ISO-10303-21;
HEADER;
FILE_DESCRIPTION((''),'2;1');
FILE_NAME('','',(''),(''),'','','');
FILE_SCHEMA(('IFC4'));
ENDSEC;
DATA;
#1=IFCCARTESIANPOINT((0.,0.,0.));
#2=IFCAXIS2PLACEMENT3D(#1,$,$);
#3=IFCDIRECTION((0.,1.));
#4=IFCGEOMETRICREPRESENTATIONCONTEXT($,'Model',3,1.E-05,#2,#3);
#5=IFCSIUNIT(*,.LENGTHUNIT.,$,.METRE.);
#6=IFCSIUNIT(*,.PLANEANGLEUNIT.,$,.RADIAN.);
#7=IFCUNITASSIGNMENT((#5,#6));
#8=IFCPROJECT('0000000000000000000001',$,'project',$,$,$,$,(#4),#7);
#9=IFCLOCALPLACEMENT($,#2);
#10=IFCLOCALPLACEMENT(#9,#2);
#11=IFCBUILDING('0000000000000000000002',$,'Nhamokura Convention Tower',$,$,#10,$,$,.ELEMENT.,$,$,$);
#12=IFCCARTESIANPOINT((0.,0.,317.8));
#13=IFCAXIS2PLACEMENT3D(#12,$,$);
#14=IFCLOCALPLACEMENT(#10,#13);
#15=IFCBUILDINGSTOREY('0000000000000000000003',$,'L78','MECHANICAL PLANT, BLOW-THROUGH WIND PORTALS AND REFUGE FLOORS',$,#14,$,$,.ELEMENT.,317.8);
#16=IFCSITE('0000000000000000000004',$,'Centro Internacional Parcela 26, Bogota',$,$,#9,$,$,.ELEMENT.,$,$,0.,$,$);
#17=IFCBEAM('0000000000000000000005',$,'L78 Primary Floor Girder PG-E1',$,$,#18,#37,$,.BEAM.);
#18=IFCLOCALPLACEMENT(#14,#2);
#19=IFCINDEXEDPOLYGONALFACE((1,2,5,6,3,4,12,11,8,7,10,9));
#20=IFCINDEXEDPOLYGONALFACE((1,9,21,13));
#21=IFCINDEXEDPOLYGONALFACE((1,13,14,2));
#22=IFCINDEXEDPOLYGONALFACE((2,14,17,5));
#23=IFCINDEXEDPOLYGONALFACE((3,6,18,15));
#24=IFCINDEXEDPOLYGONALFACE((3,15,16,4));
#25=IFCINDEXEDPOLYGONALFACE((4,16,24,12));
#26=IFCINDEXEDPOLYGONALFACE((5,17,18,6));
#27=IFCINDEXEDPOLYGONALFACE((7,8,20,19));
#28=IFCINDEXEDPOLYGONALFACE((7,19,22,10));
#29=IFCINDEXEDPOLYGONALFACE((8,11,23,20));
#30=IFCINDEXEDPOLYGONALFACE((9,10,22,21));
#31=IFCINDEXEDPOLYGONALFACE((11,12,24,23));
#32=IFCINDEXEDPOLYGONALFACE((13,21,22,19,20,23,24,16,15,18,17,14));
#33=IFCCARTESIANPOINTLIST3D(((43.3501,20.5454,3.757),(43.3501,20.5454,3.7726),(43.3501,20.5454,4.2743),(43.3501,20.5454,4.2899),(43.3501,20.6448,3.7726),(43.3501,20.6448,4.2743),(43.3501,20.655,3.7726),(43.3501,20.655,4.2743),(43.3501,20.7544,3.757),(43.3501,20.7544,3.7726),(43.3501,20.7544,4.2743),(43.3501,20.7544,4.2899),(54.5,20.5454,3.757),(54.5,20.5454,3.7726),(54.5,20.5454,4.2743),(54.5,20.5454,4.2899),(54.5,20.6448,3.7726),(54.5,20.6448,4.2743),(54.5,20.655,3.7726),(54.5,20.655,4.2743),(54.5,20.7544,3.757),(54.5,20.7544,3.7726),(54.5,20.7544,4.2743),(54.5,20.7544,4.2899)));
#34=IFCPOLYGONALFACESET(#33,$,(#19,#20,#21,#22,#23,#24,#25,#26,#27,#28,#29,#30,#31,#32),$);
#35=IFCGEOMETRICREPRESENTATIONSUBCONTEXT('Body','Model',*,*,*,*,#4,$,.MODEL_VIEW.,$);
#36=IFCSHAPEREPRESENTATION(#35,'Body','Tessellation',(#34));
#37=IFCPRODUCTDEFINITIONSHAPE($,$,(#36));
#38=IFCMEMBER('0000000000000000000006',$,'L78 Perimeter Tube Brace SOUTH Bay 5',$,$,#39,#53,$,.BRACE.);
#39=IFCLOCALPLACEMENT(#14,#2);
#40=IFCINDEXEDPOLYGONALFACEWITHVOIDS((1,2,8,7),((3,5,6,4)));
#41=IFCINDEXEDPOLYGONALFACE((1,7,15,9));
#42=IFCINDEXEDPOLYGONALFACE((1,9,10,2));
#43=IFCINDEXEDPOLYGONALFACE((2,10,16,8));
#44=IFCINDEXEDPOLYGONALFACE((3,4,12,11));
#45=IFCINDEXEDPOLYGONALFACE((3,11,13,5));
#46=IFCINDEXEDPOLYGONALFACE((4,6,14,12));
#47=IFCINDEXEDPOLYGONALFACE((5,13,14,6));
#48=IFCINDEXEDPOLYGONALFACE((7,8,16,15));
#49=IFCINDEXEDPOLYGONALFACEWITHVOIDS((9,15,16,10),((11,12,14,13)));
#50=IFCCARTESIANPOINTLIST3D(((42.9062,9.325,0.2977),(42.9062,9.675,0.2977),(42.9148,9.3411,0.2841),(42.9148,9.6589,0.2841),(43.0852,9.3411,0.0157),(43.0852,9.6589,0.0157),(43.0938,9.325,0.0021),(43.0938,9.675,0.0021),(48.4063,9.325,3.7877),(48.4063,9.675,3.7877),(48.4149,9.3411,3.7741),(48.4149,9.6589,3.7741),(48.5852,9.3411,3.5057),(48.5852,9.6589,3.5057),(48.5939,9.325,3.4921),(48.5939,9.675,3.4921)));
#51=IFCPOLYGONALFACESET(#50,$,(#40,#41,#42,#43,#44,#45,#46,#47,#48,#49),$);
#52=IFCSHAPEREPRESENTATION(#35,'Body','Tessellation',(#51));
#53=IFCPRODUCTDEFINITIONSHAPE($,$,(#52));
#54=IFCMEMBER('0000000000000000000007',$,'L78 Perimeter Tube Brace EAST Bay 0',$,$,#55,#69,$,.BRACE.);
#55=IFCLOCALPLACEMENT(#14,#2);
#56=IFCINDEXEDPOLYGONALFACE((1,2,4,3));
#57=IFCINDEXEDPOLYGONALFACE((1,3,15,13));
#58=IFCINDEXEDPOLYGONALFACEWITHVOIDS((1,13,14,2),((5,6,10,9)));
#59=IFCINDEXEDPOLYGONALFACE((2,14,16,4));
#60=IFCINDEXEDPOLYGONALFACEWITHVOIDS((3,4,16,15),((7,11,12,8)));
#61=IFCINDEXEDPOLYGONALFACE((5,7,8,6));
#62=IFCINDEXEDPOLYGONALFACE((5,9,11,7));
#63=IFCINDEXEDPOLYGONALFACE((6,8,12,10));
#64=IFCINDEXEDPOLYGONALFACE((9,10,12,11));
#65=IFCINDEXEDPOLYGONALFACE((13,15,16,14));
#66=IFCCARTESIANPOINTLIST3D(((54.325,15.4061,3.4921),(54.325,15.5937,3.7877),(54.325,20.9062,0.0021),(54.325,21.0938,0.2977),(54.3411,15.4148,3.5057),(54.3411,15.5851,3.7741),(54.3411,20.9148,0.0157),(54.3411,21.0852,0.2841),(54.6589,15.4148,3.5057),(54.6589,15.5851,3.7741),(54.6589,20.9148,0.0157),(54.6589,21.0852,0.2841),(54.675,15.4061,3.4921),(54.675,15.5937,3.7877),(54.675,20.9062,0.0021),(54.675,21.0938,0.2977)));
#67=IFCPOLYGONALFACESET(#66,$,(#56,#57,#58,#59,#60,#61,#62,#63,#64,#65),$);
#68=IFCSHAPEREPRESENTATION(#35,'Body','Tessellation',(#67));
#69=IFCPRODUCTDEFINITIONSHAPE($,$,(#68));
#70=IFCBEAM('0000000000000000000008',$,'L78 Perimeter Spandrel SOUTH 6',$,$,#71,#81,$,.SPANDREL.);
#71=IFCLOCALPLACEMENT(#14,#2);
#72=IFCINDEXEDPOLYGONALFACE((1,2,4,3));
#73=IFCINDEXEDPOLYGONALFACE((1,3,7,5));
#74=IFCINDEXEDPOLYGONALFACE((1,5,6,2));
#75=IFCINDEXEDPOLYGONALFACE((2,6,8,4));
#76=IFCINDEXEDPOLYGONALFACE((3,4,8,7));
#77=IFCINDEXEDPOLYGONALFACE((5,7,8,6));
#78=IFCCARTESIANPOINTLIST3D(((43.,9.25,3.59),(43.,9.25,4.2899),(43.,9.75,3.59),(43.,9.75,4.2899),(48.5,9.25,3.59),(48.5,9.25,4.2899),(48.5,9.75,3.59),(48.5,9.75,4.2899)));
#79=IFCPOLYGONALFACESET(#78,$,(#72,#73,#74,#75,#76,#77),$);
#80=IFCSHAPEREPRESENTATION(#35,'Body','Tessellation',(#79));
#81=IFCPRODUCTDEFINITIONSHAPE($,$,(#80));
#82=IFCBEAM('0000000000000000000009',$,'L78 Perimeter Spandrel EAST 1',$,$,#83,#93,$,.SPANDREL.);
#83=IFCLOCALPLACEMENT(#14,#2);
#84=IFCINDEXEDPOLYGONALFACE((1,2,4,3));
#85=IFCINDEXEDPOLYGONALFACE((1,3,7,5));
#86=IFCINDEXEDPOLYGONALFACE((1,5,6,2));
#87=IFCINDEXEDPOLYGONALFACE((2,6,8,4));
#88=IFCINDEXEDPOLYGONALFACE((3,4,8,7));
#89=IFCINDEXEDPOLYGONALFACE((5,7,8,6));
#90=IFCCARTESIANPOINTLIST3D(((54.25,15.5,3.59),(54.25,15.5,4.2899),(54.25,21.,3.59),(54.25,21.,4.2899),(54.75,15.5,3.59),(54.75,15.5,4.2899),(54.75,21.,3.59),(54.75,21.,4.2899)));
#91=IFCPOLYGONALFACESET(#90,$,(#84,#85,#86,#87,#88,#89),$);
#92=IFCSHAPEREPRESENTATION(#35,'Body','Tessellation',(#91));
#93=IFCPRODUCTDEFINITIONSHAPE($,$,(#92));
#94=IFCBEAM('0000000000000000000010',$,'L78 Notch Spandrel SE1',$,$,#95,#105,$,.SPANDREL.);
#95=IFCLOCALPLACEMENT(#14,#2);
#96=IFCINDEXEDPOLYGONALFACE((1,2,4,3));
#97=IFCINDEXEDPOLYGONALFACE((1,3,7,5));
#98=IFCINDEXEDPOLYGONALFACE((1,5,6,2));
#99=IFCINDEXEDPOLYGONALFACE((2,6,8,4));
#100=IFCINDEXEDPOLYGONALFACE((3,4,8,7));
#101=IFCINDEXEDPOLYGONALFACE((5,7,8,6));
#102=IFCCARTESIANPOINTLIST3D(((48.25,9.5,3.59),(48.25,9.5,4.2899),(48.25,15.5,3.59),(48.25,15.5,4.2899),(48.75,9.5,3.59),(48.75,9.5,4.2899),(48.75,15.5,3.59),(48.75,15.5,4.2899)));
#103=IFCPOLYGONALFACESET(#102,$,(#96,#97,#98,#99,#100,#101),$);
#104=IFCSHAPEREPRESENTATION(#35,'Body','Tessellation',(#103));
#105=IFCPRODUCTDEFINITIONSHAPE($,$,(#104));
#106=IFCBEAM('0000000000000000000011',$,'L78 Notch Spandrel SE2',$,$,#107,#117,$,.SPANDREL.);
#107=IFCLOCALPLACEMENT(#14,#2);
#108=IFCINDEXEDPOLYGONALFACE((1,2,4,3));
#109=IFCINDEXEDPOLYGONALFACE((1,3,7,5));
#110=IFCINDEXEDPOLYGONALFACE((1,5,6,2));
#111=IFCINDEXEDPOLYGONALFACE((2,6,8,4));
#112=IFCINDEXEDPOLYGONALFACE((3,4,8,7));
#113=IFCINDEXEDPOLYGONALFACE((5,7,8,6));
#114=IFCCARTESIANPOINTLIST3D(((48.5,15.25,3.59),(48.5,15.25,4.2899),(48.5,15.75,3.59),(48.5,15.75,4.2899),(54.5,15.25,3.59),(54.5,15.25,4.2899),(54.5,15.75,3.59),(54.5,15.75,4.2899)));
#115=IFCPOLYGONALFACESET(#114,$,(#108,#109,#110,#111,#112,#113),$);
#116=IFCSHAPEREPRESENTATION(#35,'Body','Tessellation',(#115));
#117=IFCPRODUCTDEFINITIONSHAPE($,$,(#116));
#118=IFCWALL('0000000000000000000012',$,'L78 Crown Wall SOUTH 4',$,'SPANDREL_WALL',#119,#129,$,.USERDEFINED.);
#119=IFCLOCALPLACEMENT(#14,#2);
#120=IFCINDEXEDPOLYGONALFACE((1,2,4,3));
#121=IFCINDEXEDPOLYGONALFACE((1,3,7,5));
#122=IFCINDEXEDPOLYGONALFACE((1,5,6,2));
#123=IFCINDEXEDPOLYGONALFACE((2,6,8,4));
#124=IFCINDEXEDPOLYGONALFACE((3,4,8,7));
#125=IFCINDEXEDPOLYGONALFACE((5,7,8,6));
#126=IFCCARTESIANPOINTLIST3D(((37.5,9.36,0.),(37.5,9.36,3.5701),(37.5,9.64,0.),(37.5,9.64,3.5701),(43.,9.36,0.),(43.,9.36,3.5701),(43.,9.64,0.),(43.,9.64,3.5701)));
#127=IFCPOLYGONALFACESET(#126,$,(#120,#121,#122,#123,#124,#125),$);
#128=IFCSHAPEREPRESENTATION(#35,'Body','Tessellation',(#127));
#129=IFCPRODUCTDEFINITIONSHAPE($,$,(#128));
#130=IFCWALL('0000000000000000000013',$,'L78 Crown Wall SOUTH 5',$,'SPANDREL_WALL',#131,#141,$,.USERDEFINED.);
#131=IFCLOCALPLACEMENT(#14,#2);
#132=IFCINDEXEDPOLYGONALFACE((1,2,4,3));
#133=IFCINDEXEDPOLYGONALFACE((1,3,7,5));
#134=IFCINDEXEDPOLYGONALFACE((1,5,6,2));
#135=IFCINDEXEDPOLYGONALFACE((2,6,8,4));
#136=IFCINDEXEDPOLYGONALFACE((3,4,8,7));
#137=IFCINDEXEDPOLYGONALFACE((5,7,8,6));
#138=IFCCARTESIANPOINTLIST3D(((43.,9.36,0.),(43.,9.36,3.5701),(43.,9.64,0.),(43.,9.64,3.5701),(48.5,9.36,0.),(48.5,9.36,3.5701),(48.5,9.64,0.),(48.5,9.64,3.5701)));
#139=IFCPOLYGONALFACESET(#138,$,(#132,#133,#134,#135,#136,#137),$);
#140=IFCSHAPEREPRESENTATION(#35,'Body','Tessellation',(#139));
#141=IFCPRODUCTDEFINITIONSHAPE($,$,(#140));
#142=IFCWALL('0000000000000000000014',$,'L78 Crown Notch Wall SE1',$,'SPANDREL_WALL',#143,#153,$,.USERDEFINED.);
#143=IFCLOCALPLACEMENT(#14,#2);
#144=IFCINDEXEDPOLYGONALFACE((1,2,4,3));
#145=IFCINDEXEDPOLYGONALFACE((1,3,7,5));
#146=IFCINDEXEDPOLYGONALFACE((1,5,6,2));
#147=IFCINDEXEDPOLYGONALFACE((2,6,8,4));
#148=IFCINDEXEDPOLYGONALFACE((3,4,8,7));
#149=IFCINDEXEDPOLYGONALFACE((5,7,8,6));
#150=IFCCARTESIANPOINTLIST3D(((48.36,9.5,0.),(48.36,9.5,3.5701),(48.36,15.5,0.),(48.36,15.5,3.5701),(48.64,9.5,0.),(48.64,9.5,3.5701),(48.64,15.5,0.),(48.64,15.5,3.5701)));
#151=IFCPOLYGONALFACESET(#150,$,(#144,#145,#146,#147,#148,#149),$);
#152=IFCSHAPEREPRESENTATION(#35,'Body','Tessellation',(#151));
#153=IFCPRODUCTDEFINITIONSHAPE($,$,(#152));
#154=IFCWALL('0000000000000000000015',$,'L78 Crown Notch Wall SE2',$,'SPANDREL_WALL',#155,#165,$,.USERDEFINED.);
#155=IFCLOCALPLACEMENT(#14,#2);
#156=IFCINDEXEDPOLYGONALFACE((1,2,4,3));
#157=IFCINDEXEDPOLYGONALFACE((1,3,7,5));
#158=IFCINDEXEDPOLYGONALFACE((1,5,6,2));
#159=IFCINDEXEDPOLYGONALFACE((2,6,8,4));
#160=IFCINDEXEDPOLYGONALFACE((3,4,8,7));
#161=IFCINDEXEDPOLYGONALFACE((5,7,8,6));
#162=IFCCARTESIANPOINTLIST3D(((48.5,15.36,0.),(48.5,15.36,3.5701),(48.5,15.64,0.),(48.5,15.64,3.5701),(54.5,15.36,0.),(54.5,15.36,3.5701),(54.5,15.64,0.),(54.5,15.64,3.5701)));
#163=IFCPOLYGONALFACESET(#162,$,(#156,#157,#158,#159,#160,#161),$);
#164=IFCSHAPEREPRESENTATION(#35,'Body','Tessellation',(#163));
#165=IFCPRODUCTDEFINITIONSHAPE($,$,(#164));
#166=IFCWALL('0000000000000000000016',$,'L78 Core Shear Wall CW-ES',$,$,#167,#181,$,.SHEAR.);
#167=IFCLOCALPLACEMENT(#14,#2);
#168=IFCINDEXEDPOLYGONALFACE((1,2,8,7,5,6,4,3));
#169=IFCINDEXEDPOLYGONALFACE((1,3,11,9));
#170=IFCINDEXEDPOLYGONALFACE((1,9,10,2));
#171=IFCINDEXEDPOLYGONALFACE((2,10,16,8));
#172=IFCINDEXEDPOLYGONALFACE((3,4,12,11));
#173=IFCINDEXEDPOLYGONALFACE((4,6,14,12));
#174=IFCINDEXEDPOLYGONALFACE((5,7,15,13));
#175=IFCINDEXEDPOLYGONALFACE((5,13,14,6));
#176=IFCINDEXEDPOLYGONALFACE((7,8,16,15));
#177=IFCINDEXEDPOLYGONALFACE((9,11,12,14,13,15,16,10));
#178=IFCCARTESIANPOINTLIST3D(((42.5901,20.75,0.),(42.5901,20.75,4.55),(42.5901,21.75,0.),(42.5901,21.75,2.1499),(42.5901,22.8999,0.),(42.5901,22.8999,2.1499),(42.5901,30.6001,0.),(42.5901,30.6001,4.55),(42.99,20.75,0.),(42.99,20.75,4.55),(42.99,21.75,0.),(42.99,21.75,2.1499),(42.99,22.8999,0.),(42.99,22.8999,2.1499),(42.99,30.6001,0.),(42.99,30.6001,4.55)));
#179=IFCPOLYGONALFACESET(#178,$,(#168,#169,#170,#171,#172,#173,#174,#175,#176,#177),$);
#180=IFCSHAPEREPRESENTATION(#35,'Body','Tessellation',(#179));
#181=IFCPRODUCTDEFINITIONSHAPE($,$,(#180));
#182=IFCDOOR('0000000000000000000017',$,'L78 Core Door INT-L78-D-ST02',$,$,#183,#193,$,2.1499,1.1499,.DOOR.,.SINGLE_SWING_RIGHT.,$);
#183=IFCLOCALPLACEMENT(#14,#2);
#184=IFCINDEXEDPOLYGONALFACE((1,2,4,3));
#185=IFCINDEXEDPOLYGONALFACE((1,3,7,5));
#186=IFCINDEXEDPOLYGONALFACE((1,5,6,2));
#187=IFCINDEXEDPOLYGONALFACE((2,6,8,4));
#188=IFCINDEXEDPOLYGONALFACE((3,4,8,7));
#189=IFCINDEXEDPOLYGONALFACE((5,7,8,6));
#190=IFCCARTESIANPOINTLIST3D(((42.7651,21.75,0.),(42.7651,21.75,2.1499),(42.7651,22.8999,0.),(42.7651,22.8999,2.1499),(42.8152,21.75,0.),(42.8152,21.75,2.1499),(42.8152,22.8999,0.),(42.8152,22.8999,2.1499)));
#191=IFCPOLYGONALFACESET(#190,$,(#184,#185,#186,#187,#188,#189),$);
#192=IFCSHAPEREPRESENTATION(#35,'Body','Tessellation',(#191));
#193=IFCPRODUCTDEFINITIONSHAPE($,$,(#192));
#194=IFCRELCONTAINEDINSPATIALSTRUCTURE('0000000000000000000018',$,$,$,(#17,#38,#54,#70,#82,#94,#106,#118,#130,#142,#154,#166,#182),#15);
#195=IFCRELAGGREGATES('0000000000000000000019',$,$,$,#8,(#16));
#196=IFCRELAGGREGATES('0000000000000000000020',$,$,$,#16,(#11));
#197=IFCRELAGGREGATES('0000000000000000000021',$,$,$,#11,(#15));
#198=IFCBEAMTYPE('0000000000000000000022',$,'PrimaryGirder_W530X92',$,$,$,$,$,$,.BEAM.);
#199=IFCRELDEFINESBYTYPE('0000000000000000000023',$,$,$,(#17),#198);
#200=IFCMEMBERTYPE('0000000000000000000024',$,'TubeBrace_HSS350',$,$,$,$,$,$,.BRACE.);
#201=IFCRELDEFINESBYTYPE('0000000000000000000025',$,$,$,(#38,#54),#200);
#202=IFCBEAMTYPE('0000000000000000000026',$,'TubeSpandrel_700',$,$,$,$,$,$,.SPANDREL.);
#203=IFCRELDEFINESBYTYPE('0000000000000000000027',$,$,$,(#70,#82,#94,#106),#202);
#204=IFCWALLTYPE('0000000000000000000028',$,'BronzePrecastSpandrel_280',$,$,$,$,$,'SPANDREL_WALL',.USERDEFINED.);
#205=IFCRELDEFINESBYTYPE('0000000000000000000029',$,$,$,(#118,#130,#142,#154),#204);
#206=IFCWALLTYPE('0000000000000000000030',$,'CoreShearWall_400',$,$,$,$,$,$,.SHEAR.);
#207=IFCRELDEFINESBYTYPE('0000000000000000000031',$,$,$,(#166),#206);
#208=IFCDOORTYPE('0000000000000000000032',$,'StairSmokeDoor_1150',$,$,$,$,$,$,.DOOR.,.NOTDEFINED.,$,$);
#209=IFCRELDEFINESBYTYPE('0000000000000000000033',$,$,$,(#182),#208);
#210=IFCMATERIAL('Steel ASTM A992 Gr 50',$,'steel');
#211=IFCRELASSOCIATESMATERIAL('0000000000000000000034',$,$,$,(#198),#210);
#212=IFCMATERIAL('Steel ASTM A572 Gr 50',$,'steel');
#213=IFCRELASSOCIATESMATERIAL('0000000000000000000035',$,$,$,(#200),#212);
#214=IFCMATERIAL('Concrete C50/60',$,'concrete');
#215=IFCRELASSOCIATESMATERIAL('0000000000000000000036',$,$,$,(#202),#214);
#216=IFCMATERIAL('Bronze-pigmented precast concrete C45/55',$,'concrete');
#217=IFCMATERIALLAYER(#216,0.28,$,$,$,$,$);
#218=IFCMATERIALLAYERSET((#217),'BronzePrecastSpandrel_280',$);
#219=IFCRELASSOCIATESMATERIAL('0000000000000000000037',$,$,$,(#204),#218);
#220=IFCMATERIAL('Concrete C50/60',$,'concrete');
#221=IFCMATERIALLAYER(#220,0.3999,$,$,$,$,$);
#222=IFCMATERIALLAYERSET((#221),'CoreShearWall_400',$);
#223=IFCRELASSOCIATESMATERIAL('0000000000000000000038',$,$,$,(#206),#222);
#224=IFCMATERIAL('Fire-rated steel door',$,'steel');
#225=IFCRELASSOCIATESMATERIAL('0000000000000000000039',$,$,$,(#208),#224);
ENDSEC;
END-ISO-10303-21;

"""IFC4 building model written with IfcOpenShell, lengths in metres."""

from ifc_helpers import new_model, si_unit, direction, frame, frame_2d, origin, origin_2d, place, context, subcontext, project, spatial, rectangle, hollow_rectangle, i_section, extrude, material, layer, layer_set, material_profile, profile_set, type_object, element, fill, save


model = new_model("IFC4")

# Units and contexts
model_context = context("Model", 3, precision=1e-05, world=origin(), true_north=direction((0.0, 1.0)))
body_context = subcontext(model_context, "Body", "Model", "MODEL_VIEW")
ifc_project = project(units=[si_unit("LENGTHUNIT", "METRE"), si_unit("PLANEANGLEUNIT", "RADIAN")], contexts=[model_context])

# Site, building, storey
site_placement = place(None, origin())
site = spatial("IfcSite", under=ifc_project, at=site_placement, Name="Centro Internacional Parcela 26, Bogota", CompositionType="ELEMENT", RefElevation=0.0)
building_placement = place(site_placement, origin())
building = spatial("IfcBuilding", under=site, at=building_placement, Name="Nhamokura Convention Tower", CompositionType="ELEMENT")
storey_placement = place(building_placement, frame((0.0, 0.0, 317.8)))
storey = spatial("IfcBuildingStorey", under=building, at=storey_placement, Name="L78", Description="MECHANICAL PLANT, BLOW-THROUGH WIND PORTALS AND REFUGE FLOORS", CompositionType="ELEMENT", Elevation=317.8)

# Beam
ifc_material_1 = material(Name="Steel ASTM A992 Gr 50", Category="steel")
ifc_material_profile_1 = material_profile(ifc_material_1, i_section(OverallWidth=0.209, OverallDepth=0.533, WebThickness=0.0103, FlangeThickness=0.0156, at=origin_2d()))
ifc_profile_set_1 = profile_set([ifc_material_profile_1], Name="Steel ASTM A992 Gr 50")
beam_type_1 = type_object("IfcBeamType", Name="PrimaryGirder_W530X92", PredefinedType="BEAM", material=ifc_profile_set_1)
for number, where, z_axis, x_axis, name in (
    (1, (43.3501, 20.6499, 4.0234), (1.0, 0.0, 0.0), (0.0, 1.0, 0.0), "L78 Primary Floor Girder PG-E1"),
):
    element("IfcBeam", number, at=place(storey_placement, frame(where, z_axis=z_axis, x_axis=x_axis)), inside=storey, type_object=beam_type_1, Name=name, PredefinedType="BEAM", context=body_context, shape_type="SweptSolid", body=[
        extrude(i_section(OverallWidth=0.209, OverallDepth=0.533, WebThickness=0.0103, FlangeThickness=0.0156, at=origin_2d()), origin(), (0.0, 0.0, 1.0), 11.1499),
    ])

# Members
ifc_material_2 = material(Name="Steel ASTM A572 Gr 50", Category="steel")
ifc_material_profile_2 = material_profile(ifc_material_2, hollow_rectangle(XDim=0.3501, YDim=0.3501, WallThickness=0.0161, at=origin_2d()))
ifc_profile_set_2 = profile_set([ifc_material_profile_2], Name="Steel ASTM A572 Gr 50")
member_type = type_object("IfcMemberType", Name="TubeBrace_HSS350", PredefinedType="BRACE", material=ifc_profile_set_2)
for number, where, z_axis, x_axis, name in (
    (2, (43.0, 9.5, 0.1499), (0.844357, 0.0, 0.535781), (0.0, 1.0, 0.0), "L78 Perimeter Tube Brace SOUTH Bay 5"),
    (3, (54.5, 21.0, 0.1499), (0.0, -0.844357, 0.535781), (1.0, 0.0, 0.0), "L78 Perimeter Tube Brace EAST Bay 0"),
):
    element("IfcMember", number, at=place(storey_placement, frame(where, z_axis=z_axis, x_axis=x_axis)), inside=storey, type_object=member_type, Name=name, PredefinedType="BRACE", context=body_context, shape_type="SweptSolid", body=[
        extrude(hollow_rectangle(XDim=0.3501, YDim=0.3501, WallThickness=0.0161, at=origin_2d()), origin(), (0.0, 0.0, 1.0), 6.5139),
    ])

# Beams
ifc_material_3 = material(Name="Concrete C50/60", Category="concrete")
ifc_material_profile_3 = material_profile(ifc_material_3, rectangle(XDim=0.5, YDim=0.7, at=origin_2d()))
ifc_profile_set_3 = profile_set([ifc_material_profile_3], Name="Concrete C50/60")
beam_type_2 = type_object("IfcBeamType", Name="TubeSpandrel_700", PredefinedType="SPANDREL", material=ifc_profile_set_3)
for number, where, z_axis, x_axis, name in (
    (4, (43.0, 9.5, 3.9399), (1.0, 0.0, 0.0), (0.0, 1.0, 0.0), "L78 Perimeter Spandrel SOUTH 6"),
    (5, (54.5, 15.5, 3.9399), (0.0, 1.0, 0.0), (-1.0, 0.0, 0.0), "L78 Perimeter Spandrel EAST 1"),
):
    element("IfcBeam", number, at=place(storey_placement, frame(where, z_axis=z_axis, x_axis=x_axis)), inside=storey, type_object=beam_type_2, Name=name, PredefinedType="SPANDREL", context=body_context, shape_type="SweptSolid", body=[
        extrude(rectangle(XDim=0.5, YDim=0.7, at=origin_2d()), origin(), (0.0, 0.0, 1.0), 5.5),
    ])
for number, where, z_axis, x_axis, name in (
    (6, (48.5, 9.5, 3.9399), (0.0, 1.0, 0.0), (-1.0, 0.0, 0.0), "L78 Notch Spandrel SE1"),
    (7, (48.5, 15.5, 3.9399), (1.0, 0.0, 0.0), (0.0, 1.0, 0.0), "L78 Notch Spandrel SE2"),
):
    element("IfcBeam", number, at=place(storey_placement, frame(where, z_axis=z_axis, x_axis=x_axis)), inside=storey, type_object=beam_type_2, Name=name, PredefinedType="SPANDREL", context=body_context, shape_type="SweptSolid", body=[
        extrude(rectangle(XDim=0.5, YDim=0.7, at=origin_2d()), origin(), (0.0, 0.0, 1.0), 6.0),
    ])

# Walls
ifc_material_4 = material(Name="Bronze-pigmented precast concrete C45/55", Category="concrete")
ifc_layer_1 = layer(ifc_material_4, 0.28)
ifc_layer_set_1 = layer_set([ifc_layer_1], Name="BronzePrecastSpandrel_280")
wall_type_1 = type_object("IfcWallType", Name="BronzePrecastSpandrel_280", ElementType="SPANDREL_WALL", PredefinedType="USERDEFINED", material=ifc_layer_set_1)
for number, where, z_axis, x_axis, name in (
    (8, (43.0, 9.5, 0.0), (0.0, 0.0, 1.0), (-1.0, 0.0, 0.0), "L78 Crown Wall SOUTH 4"),
    (9, (48.5, 9.5, 0.0), (0.0, 0.0, 1.0), (-1.0, 0.0, 0.0), "L78 Crown Wall SOUTH 5"),
):
    element("IfcWall", number, at=place(storey_placement, frame(where, z_axis=z_axis, x_axis=x_axis)), inside=storey, type_object=wall_type_1, Name=name, ObjectType="SPANDREL_WALL", PredefinedType="USERDEFINED", context=body_context, shape_type="SweptSolid", body=[
        extrude(rectangle(XDim=5.5, YDim=0.28, at=frame_2d((2.75, 0.0))), origin(), (0.0, 0.0, 1.0), 3.5701),
    ])
for number, where, z_axis, x_axis, name in (
    (10, (48.5, 15.5, 0.0), (0.0, 0.0, 1.0), (0.0, -1.0, 0.0), "L78 Crown Notch Wall SE1"),
    (11, (54.5, 15.5, 0.0), (0.0, 0.0, 1.0), (-1.0, 0.0, 0.0), "L78 Crown Notch Wall SE2"),
):
    element("IfcWall", number, at=place(storey_placement, frame(where, z_axis=z_axis, x_axis=x_axis)), inside=storey, type_object=wall_type_1, Name=name, ObjectType="SPANDREL_WALL", PredefinedType="USERDEFINED", context=body_context, shape_type="SweptSolid", body=[
        extrude(rectangle(XDim=6.0, YDim=0.28, at=frame_2d((3.0, 0.0))), origin(), (0.0, 0.0, 1.0), 3.5701),
    ])

# Wall, opening, door
ifc_material_5 = material(Name="Concrete C50/60", Category="concrete")
ifc_layer_2 = layer(ifc_material_5, 0.3999)
ifc_layer_set_2 = layer_set([ifc_layer_2], Name="CoreShearWall_400")
wall_type_2 = type_object("IfcWallType", Name="CoreShearWall_400", PredefinedType="SHEAR", material=ifc_layer_set_2)
wall_1_placement = place(storey_placement, frame((42.79, 20.75, 0.0), z_axis=(0.0, 0.0, 1.0), x_axis=(0.0, 1.0, 0.0)))
wall_1 = element("IfcWall", 12, at=wall_1_placement, inside=storey, type_object=wall_type_2, Name="L78 Core Shear Wall CW-ES", PredefinedType="SHEAR", context=body_context, shape_type="SweptSolid", body=[
    extrude(rectangle(XDim=9.8501, YDim=0.3999, at=frame_2d((4.925, 0.0))), origin(), (0.0, 0.0, 1.0), 4.55),
])
opening_1_placement = place(wall_1_placement, frame((1.0, 0.0, 0.0)))
opening_1 = element("IfcOpeningElement", 13, at=opening_1_placement, cuts=wall_1, PredefinedType="OPENING", context=body_context, shape_type="SweptSolid", body=[
    extrude(rectangle(XDim=1.1499, YDim=2.1499, at=frame_2d((0.575, 1.075))), frame((0.0, 0.21, 0.0), z_axis=(0.0, -1.0, 0.0), x_axis=(1.0, 0.0, 0.0)), (0.0, 0.0, 1.0), 0.4199),
])
ifc_material_6 = material(Name="Fire-rated steel door", Category="steel")
door_type_1 = type_object("IfcDoorType", Name="StairSmokeDoor_1150", OperationType="NOTDEFINED", PredefinedType="DOOR", material=ifc_material_6)
door_1_placement = place(opening_1_placement, origin())
door_1 = element("IfcDoor", 14, at=door_1_placement, inside=storey, type_object=door_type_1, Name="L78 Core Door INT-L78-D-ST02", OperationType="SINGLE_SWING_RIGHT", OverallHeight=2.1499, OverallWidth=1.1499, PredefinedType="DOOR", context=body_context, shape_type="SweptSolid", body=[
    extrude(rectangle(XDim=1.1499, YDim=2.1499, at=frame_2d((0.575, 1.075))), frame((0.0, 0.0249, 0.0), z_axis=(0.0, -1.0, 0.0), x_axis=(1.0, 0.0, 0.0)), (0.0, 0.0, 1.0), 0.05),
])
fill(opening_1, door_1)

save(model, "model.ifc")
